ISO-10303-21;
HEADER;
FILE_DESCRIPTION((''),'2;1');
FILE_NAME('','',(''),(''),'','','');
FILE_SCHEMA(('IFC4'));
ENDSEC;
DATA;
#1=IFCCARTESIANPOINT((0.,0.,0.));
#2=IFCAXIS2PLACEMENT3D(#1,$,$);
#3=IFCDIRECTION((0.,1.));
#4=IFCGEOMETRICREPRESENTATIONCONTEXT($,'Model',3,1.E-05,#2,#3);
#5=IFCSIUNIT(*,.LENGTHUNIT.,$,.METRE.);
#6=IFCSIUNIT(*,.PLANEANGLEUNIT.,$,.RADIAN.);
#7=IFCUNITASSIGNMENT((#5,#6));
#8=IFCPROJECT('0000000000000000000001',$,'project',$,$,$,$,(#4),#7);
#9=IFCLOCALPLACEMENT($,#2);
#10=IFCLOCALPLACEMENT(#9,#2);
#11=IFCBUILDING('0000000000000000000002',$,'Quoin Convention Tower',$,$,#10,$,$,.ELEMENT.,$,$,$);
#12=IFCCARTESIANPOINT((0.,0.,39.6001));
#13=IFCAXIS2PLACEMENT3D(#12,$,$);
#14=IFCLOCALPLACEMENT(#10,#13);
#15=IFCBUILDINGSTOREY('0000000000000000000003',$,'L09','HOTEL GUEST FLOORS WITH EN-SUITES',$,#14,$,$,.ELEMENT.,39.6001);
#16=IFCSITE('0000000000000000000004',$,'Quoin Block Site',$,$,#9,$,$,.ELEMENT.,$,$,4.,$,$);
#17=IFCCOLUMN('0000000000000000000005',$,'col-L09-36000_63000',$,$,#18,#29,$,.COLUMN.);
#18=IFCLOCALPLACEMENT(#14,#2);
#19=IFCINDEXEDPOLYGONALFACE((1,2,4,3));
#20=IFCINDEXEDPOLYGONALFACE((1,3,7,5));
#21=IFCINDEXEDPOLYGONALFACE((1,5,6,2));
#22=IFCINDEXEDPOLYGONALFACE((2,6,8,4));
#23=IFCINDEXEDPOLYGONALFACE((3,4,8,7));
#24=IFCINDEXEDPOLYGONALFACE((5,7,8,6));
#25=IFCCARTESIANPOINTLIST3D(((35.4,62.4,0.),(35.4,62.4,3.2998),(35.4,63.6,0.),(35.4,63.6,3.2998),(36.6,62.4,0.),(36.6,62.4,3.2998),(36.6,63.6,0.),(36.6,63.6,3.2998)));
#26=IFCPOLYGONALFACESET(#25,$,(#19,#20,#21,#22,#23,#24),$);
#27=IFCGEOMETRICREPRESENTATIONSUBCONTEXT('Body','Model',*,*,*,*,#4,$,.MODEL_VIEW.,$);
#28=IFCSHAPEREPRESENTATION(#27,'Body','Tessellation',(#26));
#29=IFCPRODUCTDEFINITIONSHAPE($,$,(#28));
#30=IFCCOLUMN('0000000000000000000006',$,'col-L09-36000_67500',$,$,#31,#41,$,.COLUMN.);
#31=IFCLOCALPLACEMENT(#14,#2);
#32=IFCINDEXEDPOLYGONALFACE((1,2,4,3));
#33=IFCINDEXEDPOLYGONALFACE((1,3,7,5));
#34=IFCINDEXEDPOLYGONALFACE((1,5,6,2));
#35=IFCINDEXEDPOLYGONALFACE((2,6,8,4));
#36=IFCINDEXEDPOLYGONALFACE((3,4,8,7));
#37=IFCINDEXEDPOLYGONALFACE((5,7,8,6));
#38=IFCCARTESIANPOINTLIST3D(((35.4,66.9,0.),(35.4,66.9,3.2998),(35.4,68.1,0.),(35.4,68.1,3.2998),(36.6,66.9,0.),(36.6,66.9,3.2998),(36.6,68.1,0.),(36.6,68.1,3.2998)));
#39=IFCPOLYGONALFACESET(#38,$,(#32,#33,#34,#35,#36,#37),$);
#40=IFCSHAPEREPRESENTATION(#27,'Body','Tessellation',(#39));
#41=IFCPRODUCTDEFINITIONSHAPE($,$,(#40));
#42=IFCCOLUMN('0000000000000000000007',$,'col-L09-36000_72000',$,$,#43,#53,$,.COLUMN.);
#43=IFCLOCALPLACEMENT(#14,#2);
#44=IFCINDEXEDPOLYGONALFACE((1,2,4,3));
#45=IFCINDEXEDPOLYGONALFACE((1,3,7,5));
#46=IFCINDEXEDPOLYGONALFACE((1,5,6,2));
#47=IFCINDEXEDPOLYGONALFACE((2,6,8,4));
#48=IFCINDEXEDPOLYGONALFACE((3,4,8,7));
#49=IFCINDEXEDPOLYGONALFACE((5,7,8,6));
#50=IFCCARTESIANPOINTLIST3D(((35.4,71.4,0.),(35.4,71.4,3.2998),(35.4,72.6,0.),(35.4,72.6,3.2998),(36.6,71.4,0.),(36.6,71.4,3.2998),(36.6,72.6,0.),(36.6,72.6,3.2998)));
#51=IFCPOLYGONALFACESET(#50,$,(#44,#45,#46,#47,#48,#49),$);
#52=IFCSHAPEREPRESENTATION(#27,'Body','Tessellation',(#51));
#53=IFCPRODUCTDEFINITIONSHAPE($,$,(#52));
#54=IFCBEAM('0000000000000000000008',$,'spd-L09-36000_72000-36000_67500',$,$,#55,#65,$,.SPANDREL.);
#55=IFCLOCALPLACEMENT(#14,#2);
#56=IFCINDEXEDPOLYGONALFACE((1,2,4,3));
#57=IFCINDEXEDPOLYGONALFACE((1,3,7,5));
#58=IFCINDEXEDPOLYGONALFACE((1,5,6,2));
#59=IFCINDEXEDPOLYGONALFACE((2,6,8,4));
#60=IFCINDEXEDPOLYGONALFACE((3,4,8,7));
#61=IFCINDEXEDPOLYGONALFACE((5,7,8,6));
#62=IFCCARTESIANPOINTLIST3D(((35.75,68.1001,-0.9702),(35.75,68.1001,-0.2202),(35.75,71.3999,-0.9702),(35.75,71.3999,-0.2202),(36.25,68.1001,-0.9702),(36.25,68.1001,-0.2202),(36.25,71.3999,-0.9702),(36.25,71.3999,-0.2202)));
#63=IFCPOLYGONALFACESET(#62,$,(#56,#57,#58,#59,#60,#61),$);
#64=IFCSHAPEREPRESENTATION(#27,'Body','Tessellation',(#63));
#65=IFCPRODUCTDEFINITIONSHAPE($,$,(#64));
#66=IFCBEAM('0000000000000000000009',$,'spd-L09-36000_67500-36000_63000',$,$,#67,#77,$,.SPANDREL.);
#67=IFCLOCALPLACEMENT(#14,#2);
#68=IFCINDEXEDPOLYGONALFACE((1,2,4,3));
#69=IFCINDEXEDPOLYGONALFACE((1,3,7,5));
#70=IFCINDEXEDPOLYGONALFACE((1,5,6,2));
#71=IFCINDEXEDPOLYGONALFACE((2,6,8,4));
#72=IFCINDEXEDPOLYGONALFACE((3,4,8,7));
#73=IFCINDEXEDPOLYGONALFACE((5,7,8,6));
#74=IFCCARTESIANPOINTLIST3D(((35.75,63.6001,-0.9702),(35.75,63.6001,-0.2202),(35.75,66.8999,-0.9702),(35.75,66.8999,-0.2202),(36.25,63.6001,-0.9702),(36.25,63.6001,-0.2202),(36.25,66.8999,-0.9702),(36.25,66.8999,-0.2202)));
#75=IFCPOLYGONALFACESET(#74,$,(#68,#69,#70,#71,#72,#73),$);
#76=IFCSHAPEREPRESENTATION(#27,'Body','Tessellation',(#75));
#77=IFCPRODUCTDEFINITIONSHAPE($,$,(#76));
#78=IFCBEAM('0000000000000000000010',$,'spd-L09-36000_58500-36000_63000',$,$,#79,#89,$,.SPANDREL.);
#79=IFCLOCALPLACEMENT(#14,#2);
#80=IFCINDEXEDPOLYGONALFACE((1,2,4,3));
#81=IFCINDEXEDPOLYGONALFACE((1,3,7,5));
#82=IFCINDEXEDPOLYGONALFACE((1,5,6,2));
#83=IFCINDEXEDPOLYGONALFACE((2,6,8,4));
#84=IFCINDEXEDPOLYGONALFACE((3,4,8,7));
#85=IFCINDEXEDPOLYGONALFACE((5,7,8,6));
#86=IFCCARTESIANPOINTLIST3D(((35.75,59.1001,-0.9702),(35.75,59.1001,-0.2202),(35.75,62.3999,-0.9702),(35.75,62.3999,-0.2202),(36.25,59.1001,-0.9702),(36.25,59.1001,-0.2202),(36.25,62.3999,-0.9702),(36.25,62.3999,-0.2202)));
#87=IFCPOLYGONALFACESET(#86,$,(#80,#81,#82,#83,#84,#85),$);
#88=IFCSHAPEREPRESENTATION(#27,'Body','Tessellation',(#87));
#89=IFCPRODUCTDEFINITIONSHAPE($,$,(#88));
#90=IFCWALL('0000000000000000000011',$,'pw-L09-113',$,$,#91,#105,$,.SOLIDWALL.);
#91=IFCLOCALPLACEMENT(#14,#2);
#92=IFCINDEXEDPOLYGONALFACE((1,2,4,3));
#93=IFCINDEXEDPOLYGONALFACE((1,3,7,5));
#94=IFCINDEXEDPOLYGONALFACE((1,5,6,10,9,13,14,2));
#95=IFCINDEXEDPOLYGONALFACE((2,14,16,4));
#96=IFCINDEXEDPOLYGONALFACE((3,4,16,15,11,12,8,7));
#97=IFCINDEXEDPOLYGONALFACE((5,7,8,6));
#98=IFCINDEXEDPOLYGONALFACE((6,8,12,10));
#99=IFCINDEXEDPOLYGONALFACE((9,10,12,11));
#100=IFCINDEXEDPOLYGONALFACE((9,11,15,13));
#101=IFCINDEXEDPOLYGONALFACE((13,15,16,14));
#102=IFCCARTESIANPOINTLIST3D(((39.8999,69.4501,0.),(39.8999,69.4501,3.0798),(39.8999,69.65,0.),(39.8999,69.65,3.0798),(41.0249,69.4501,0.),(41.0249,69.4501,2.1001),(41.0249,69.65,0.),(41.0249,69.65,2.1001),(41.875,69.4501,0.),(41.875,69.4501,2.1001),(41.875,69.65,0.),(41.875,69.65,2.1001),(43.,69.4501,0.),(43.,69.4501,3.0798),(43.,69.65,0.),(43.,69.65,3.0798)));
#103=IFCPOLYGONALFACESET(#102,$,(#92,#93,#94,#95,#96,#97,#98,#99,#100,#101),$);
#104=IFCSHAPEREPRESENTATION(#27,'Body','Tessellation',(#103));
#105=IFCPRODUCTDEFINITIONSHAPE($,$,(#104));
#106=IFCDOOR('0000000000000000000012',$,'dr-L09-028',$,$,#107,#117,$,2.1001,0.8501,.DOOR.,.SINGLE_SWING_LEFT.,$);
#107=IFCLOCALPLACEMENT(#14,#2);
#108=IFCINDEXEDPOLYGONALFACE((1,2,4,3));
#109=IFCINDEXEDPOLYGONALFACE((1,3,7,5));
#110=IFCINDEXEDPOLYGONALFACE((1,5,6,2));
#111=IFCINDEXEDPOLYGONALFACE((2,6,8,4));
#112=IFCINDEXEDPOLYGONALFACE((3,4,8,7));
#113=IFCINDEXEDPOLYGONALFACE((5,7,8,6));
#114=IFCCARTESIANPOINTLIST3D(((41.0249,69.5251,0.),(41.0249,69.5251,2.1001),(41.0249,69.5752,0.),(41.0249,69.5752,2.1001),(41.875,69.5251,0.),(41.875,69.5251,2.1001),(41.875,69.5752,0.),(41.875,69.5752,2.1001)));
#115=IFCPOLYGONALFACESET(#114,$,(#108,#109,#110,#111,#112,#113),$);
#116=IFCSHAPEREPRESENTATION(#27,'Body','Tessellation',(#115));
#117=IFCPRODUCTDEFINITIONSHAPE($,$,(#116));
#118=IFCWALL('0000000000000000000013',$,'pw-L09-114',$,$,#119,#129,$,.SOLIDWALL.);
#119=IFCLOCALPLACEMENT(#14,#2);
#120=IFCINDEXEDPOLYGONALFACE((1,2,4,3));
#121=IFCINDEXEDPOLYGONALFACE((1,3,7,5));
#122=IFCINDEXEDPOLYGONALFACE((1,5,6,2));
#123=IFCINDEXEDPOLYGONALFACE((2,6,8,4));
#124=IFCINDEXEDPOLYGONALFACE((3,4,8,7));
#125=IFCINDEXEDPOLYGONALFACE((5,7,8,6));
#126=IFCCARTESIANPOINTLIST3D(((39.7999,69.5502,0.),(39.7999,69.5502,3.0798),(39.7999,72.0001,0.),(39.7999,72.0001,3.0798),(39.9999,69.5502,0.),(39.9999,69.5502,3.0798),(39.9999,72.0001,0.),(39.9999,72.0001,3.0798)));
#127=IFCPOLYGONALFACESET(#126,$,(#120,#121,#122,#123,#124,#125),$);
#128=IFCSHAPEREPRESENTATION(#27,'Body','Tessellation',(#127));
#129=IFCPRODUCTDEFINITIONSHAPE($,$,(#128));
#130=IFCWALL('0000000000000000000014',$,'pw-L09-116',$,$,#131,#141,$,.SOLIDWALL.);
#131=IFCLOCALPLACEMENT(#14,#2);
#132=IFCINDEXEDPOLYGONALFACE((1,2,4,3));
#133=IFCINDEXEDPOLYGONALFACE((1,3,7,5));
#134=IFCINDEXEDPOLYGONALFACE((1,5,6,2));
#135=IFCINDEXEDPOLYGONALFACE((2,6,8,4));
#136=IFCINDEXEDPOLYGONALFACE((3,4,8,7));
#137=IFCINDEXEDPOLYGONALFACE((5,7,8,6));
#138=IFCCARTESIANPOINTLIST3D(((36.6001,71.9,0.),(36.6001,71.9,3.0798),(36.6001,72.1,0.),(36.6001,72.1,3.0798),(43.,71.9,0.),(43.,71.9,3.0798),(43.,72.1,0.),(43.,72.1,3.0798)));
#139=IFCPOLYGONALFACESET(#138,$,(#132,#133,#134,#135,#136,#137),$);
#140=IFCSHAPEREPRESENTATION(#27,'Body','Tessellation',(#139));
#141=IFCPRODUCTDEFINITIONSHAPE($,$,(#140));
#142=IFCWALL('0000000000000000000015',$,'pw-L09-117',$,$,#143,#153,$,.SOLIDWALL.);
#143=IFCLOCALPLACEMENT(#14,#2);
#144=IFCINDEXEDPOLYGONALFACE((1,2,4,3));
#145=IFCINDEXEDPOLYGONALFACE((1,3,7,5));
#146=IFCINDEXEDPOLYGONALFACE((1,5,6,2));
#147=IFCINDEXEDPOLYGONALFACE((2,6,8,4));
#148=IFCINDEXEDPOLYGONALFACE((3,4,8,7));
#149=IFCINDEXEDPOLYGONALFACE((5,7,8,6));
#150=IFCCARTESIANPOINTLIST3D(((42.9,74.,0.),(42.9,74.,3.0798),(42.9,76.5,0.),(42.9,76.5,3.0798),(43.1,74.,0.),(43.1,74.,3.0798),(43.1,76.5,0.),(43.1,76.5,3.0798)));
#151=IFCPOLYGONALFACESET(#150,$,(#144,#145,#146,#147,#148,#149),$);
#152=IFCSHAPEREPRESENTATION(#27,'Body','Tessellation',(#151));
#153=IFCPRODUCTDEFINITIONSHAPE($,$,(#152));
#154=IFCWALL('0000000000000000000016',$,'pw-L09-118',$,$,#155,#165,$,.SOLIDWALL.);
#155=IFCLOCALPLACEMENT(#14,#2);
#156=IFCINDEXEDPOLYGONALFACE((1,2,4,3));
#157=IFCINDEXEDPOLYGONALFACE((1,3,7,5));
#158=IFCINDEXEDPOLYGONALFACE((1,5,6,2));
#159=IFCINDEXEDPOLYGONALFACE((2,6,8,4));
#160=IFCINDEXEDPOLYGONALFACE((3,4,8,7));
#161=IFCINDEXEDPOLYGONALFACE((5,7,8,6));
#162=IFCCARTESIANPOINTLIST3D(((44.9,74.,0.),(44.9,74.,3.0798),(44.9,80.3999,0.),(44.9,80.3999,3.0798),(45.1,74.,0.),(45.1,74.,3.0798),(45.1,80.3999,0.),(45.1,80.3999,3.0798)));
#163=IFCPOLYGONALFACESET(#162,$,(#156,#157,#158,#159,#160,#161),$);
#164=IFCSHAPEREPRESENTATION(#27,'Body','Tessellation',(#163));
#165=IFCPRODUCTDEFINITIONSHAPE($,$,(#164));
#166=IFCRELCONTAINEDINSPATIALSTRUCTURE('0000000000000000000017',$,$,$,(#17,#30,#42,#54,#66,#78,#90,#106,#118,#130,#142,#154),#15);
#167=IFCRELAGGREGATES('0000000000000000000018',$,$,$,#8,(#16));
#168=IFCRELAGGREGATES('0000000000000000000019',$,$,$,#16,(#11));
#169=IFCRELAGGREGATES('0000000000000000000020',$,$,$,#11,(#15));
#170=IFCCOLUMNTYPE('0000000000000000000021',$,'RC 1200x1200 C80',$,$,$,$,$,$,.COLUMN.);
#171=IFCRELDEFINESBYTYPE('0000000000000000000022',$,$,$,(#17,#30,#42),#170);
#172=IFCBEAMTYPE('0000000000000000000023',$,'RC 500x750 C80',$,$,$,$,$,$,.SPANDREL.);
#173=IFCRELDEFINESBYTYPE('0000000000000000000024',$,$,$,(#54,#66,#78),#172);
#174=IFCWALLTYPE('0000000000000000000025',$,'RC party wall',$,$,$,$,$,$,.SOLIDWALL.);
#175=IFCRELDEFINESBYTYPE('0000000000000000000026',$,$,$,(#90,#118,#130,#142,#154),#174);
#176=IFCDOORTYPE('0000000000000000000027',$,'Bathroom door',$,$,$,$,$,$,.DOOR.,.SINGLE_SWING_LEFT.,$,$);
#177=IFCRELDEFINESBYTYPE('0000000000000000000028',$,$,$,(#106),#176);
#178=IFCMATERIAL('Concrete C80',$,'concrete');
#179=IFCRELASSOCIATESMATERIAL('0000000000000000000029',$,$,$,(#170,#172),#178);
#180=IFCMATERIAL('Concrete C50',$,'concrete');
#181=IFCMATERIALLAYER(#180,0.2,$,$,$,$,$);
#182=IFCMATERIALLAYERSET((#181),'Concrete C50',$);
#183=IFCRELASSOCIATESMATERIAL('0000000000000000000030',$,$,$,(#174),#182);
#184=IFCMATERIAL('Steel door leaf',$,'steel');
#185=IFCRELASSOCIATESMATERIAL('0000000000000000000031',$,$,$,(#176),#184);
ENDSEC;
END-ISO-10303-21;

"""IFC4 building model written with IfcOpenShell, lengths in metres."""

from ifc_helpers import new_model, si_unit, direction, frame, frame_2d, origin, origin_2d, place, context, subcontext, project, spatial, rectangle, extrude, material, layer, layer_set, material_profile, profile_set, type_object, element, fill, save


model = new_model("IFC4")

# Units and contexts
model_context = context("Model", 3, precision=1e-05, world=origin(), true_north=direction((0.0, 1.0)))
body_context = subcontext(model_context, "Body", "Model", "MODEL_VIEW")
ifc_project = project(units=[si_unit("LENGTHUNIT", "METRE"), si_unit("PLANEANGLEUNIT", "RADIAN")], contexts=[model_context])

# Site, building, storey
site_placement = place(None, origin())
site = spatial("IfcSite", under=ifc_project, at=site_placement, Name="Quoin Block Site", CompositionType="ELEMENT", RefElevation=4.0)
building_placement = place(site_placement, origin())
building = spatial("IfcBuilding", under=site, at=building_placement, Name="Quoin Convention Tower", CompositionType="ELEMENT")
storey_placement = place(building_placement, frame((0.0, 0.0, 39.6001)))
storey = spatial("IfcBuildingStorey", under=building, at=storey_placement, Name="L09", Description="HOTEL GUEST FLOORS WITH EN-SUITES", CompositionType="ELEMENT", Elevation=39.6001)

# Columns
ifc_material_1 = material(Name="Concrete C80", Category="concrete")
ifc_material_profile_1 = material_profile(ifc_material_1, rectangle(XDim=1.2, YDim=1.2, at=origin_2d()), Name="RC 1200x1200")
ifc_profile_set_1 = profile_set([ifc_material_profile_1], Name="Concrete C80")
column_type = type_object("IfcColumnType", Name="RC 1200x1200 C80", PredefinedType="COLUMN", material=ifc_profile_set_1)
for number, where, z_axis, x_axis, name in (
    (1, (36.0, 63.0, 0.0), (0.0, 0.0, 1.0), (1.0, 0.0, 0.0), "col-L09-36000_63000"),
    (2, (36.0, 67.5, 0.0), (0.0, 0.0, 1.0), (1.0, 0.0, 0.0), "col-L09-36000_67500"),
    (3, (36.0, 72.0, 0.0), (0.0, 0.0, 1.0), (1.0, 0.0, 0.0), "col-L09-36000_72000"),
):
    element("IfcColumn", number, at=place(storey_placement, frame(where, z_axis=z_axis, x_axis=x_axis)), inside=storey, type_object=column_type, Name=name, PredefinedType="COLUMN", context=body_context, shape_type="SweptSolid", body=[
        extrude(rectangle(XDim=1.2, YDim=1.2, at=origin_2d()), origin(), (0.0, 0.0, 1.0), 3.2998),
    ])

# Beams
ifc_material_profile_2 = material_profile(ifc_material_1, rectangle(XDim=0.5, YDim=0.75, at=origin_2d()), Name="RC 500x750")
ifc_profile_set_2 = profile_set([ifc_material_profile_2], Name="Concrete C80")
beam_type = type_object("IfcBeamType", Name="RC 500x750 C80", PredefinedType="SPANDREL", material=ifc_profile_set_2)
for number, where, z_axis, x_axis, name in (
    (4, (36.0, 71.3999, -0.5952), (0.0, -1.0, 0.0), (1.0, 0.0, 0.0), "spd-L09-36000_72000-36000_67500"),
    (5, (36.0, 66.8999, -0.5952), (0.0, -1.0, 0.0), (1.0, 0.0, 0.0), "spd-L09-36000_67500-36000_63000"),
    (6, (36.0, 59.1001, -0.5952), (0.0, 1.0, 0.0), (-1.0, 0.0, 0.0), "spd-L09-36000_58500-36000_63000"),
):
    element("IfcBeam", number, at=place(storey_placement, frame(where, z_axis=z_axis, x_axis=x_axis)), inside=storey, type_object=beam_type, Name=name, PredefinedType="SPANDREL", context=body_context, shape_type="SweptSolid", body=[
        extrude(rectangle(XDim=0.5, YDim=0.75, at=origin_2d()), origin(), (0.0, 0.0, 1.0), 3.2998),
    ])

# Wall, opening, door
ifc_material_2 = material(Name="Concrete C50", Category="concrete")
ifc_layer_1 = layer(ifc_material_2, 0.2)
ifc_layer_set_1 = layer_set([ifc_layer_1], Name="Concrete C50")
wall_type_1 = type_object("IfcWallType", Name="RC party wall", PredefinedType="SOLIDWALL", material=ifc_layer_set_1)
wall_1_placement = place(storey_placement, frame((39.8999, 69.55, 0.0), z_axis=(0.0, 0.0, 1.0), x_axis=(1.0, 0.0, 0.0)))
wall_1 = element("IfcWall", 7, at=wall_1_placement, inside=storey, type_object=wall_type_1, Name="pw-L09-113", PredefinedType="SOLIDWALL", context=body_context, shape_type="SweptSolid", body=[
    extrude(rectangle(XDim=3.1001, YDim=0.2, at=frame_2d((1.55, 0.0))), origin(), (0.0, 0.0, 1.0), 3.0798),
])
opening_1_placement = place(wall_1_placement, frame((1.125, 0.0, 0.0)))
opening_1 = element("IfcOpeningElement", 8, at=opening_1_placement, cuts=wall_1, PredefinedType="OPENING", context=body_context, shape_type="SweptSolid", body=[
    extrude(rectangle(XDim=0.8501, YDim=2.1001, at=frame_2d((0.425, 1.05))), frame((0.0, 0.1099, 0.0), z_axis=(0.0, -1.0, 0.0), x_axis=(1.0, 0.0, 0.0)), (0.0, 0.0, 1.0), 0.22),
])
ifc_material_3 = material(Name="Steel door leaf", Category="steel")
door_type_1 = type_object("IfcDoorType", Name="Bathroom door", OperationType="SINGLE_SWING_LEFT", PredefinedType="DOOR", material=ifc_material_3)
door_1_placement = place(opening_1_placement, frame((0.8501, 0.0, 0.0), z_axis=(0.0, 0.0, 1.0), x_axis=(-1.0, 0.0, 0.0)))
door_1 = element("IfcDoor", 9, at=door_1_placement, inside=storey, type_object=door_type_1, Name="dr-L09-028", OperationType="SINGLE_SWING_LEFT", OverallHeight=2.1001, OverallWidth=0.8501, PredefinedType="DOOR", context=body_context, shape_type="SweptSolid", body=[
    extrude(rectangle(XDim=0.8501, YDim=2.1001, at=frame_2d((0.425, 1.05))), frame((0.0, 0.0249, 0.0), z_axis=(0.0, -1.0, 0.0), x_axis=(1.0, 0.0, 0.0)), (0.0, 0.0, 1.0), 0.05),
])
fill(opening_1, door_1)

# Walls
wall_2_placement = place(storey_placement, frame((39.8999, 69.55, 0.0), z_axis=(0.0, 0.0, 1.0), x_axis=(0.0, 1.0, 0.0)))
element("IfcWall", 10, at=wall_2_placement, inside=storey, type_object=wall_type_1, Name="pw-L09-114", PredefinedType="SOLIDWALL", context=body_context, shape_type="SweptSolid", body=[
    extrude(rectangle(XDim=2.45, YDim=0.2, at=frame_2d((1.2251, 0.0))), origin(), (0.0, 0.0, 1.0), 3.0798),
])
wall_3_placement = place(storey_placement, frame((36.6001, 72.0, 0.0), z_axis=(0.0, 0.0, 1.0), x_axis=(1.0, 0.0, 0.0)))
element("IfcWall", 11, at=wall_3_placement, inside=storey, type_object=wall_type_1, Name="pw-L09-116", PredefinedType="SOLIDWALL", context=body_context, shape_type="SweptSolid", body=[
    extrude(rectangle(XDim=6.3999, YDim=0.2, at=frame_2d((3.2, 0.0))), origin(), (0.0, 0.0, 1.0), 3.0798),
])
wall_4_placement = place(storey_placement, frame((43.0, 74.0, 0.0), z_axis=(0.0, 0.0, 1.0), x_axis=(0.0, 1.0, 0.0)))
element("IfcWall", 12, at=wall_4_placement, inside=storey, type_object=wall_type_1, Name="pw-L09-117", PredefinedType="SOLIDWALL", context=body_context, shape_type="SweptSolid", body=[
    extrude(rectangle(XDim=2.5, YDim=0.2, at=frame_2d((1.25, 0.0))), origin(), (0.0, 0.0, 1.0), 3.0798),
])
wall_5_placement = place(storey_placement, frame((45.0, 74.0, 0.0), z_axis=(0.0, 0.0, 1.0), x_axis=(0.0, 1.0, 0.0)))
element("IfcWall", 13, at=wall_5_placement, inside=storey, type_object=wall_type_1, Name="pw-L09-118", PredefinedType="SOLIDWALL", context=body_context, shape_type="SweptSolid", body=[
    extrude(rectangle(XDim=6.3999, YDim=0.2, at=frame_2d((3.2, 0.0))), origin(), (0.0, 0.0, 1.0), 3.0798),
])

save(model, "model.ifc")
